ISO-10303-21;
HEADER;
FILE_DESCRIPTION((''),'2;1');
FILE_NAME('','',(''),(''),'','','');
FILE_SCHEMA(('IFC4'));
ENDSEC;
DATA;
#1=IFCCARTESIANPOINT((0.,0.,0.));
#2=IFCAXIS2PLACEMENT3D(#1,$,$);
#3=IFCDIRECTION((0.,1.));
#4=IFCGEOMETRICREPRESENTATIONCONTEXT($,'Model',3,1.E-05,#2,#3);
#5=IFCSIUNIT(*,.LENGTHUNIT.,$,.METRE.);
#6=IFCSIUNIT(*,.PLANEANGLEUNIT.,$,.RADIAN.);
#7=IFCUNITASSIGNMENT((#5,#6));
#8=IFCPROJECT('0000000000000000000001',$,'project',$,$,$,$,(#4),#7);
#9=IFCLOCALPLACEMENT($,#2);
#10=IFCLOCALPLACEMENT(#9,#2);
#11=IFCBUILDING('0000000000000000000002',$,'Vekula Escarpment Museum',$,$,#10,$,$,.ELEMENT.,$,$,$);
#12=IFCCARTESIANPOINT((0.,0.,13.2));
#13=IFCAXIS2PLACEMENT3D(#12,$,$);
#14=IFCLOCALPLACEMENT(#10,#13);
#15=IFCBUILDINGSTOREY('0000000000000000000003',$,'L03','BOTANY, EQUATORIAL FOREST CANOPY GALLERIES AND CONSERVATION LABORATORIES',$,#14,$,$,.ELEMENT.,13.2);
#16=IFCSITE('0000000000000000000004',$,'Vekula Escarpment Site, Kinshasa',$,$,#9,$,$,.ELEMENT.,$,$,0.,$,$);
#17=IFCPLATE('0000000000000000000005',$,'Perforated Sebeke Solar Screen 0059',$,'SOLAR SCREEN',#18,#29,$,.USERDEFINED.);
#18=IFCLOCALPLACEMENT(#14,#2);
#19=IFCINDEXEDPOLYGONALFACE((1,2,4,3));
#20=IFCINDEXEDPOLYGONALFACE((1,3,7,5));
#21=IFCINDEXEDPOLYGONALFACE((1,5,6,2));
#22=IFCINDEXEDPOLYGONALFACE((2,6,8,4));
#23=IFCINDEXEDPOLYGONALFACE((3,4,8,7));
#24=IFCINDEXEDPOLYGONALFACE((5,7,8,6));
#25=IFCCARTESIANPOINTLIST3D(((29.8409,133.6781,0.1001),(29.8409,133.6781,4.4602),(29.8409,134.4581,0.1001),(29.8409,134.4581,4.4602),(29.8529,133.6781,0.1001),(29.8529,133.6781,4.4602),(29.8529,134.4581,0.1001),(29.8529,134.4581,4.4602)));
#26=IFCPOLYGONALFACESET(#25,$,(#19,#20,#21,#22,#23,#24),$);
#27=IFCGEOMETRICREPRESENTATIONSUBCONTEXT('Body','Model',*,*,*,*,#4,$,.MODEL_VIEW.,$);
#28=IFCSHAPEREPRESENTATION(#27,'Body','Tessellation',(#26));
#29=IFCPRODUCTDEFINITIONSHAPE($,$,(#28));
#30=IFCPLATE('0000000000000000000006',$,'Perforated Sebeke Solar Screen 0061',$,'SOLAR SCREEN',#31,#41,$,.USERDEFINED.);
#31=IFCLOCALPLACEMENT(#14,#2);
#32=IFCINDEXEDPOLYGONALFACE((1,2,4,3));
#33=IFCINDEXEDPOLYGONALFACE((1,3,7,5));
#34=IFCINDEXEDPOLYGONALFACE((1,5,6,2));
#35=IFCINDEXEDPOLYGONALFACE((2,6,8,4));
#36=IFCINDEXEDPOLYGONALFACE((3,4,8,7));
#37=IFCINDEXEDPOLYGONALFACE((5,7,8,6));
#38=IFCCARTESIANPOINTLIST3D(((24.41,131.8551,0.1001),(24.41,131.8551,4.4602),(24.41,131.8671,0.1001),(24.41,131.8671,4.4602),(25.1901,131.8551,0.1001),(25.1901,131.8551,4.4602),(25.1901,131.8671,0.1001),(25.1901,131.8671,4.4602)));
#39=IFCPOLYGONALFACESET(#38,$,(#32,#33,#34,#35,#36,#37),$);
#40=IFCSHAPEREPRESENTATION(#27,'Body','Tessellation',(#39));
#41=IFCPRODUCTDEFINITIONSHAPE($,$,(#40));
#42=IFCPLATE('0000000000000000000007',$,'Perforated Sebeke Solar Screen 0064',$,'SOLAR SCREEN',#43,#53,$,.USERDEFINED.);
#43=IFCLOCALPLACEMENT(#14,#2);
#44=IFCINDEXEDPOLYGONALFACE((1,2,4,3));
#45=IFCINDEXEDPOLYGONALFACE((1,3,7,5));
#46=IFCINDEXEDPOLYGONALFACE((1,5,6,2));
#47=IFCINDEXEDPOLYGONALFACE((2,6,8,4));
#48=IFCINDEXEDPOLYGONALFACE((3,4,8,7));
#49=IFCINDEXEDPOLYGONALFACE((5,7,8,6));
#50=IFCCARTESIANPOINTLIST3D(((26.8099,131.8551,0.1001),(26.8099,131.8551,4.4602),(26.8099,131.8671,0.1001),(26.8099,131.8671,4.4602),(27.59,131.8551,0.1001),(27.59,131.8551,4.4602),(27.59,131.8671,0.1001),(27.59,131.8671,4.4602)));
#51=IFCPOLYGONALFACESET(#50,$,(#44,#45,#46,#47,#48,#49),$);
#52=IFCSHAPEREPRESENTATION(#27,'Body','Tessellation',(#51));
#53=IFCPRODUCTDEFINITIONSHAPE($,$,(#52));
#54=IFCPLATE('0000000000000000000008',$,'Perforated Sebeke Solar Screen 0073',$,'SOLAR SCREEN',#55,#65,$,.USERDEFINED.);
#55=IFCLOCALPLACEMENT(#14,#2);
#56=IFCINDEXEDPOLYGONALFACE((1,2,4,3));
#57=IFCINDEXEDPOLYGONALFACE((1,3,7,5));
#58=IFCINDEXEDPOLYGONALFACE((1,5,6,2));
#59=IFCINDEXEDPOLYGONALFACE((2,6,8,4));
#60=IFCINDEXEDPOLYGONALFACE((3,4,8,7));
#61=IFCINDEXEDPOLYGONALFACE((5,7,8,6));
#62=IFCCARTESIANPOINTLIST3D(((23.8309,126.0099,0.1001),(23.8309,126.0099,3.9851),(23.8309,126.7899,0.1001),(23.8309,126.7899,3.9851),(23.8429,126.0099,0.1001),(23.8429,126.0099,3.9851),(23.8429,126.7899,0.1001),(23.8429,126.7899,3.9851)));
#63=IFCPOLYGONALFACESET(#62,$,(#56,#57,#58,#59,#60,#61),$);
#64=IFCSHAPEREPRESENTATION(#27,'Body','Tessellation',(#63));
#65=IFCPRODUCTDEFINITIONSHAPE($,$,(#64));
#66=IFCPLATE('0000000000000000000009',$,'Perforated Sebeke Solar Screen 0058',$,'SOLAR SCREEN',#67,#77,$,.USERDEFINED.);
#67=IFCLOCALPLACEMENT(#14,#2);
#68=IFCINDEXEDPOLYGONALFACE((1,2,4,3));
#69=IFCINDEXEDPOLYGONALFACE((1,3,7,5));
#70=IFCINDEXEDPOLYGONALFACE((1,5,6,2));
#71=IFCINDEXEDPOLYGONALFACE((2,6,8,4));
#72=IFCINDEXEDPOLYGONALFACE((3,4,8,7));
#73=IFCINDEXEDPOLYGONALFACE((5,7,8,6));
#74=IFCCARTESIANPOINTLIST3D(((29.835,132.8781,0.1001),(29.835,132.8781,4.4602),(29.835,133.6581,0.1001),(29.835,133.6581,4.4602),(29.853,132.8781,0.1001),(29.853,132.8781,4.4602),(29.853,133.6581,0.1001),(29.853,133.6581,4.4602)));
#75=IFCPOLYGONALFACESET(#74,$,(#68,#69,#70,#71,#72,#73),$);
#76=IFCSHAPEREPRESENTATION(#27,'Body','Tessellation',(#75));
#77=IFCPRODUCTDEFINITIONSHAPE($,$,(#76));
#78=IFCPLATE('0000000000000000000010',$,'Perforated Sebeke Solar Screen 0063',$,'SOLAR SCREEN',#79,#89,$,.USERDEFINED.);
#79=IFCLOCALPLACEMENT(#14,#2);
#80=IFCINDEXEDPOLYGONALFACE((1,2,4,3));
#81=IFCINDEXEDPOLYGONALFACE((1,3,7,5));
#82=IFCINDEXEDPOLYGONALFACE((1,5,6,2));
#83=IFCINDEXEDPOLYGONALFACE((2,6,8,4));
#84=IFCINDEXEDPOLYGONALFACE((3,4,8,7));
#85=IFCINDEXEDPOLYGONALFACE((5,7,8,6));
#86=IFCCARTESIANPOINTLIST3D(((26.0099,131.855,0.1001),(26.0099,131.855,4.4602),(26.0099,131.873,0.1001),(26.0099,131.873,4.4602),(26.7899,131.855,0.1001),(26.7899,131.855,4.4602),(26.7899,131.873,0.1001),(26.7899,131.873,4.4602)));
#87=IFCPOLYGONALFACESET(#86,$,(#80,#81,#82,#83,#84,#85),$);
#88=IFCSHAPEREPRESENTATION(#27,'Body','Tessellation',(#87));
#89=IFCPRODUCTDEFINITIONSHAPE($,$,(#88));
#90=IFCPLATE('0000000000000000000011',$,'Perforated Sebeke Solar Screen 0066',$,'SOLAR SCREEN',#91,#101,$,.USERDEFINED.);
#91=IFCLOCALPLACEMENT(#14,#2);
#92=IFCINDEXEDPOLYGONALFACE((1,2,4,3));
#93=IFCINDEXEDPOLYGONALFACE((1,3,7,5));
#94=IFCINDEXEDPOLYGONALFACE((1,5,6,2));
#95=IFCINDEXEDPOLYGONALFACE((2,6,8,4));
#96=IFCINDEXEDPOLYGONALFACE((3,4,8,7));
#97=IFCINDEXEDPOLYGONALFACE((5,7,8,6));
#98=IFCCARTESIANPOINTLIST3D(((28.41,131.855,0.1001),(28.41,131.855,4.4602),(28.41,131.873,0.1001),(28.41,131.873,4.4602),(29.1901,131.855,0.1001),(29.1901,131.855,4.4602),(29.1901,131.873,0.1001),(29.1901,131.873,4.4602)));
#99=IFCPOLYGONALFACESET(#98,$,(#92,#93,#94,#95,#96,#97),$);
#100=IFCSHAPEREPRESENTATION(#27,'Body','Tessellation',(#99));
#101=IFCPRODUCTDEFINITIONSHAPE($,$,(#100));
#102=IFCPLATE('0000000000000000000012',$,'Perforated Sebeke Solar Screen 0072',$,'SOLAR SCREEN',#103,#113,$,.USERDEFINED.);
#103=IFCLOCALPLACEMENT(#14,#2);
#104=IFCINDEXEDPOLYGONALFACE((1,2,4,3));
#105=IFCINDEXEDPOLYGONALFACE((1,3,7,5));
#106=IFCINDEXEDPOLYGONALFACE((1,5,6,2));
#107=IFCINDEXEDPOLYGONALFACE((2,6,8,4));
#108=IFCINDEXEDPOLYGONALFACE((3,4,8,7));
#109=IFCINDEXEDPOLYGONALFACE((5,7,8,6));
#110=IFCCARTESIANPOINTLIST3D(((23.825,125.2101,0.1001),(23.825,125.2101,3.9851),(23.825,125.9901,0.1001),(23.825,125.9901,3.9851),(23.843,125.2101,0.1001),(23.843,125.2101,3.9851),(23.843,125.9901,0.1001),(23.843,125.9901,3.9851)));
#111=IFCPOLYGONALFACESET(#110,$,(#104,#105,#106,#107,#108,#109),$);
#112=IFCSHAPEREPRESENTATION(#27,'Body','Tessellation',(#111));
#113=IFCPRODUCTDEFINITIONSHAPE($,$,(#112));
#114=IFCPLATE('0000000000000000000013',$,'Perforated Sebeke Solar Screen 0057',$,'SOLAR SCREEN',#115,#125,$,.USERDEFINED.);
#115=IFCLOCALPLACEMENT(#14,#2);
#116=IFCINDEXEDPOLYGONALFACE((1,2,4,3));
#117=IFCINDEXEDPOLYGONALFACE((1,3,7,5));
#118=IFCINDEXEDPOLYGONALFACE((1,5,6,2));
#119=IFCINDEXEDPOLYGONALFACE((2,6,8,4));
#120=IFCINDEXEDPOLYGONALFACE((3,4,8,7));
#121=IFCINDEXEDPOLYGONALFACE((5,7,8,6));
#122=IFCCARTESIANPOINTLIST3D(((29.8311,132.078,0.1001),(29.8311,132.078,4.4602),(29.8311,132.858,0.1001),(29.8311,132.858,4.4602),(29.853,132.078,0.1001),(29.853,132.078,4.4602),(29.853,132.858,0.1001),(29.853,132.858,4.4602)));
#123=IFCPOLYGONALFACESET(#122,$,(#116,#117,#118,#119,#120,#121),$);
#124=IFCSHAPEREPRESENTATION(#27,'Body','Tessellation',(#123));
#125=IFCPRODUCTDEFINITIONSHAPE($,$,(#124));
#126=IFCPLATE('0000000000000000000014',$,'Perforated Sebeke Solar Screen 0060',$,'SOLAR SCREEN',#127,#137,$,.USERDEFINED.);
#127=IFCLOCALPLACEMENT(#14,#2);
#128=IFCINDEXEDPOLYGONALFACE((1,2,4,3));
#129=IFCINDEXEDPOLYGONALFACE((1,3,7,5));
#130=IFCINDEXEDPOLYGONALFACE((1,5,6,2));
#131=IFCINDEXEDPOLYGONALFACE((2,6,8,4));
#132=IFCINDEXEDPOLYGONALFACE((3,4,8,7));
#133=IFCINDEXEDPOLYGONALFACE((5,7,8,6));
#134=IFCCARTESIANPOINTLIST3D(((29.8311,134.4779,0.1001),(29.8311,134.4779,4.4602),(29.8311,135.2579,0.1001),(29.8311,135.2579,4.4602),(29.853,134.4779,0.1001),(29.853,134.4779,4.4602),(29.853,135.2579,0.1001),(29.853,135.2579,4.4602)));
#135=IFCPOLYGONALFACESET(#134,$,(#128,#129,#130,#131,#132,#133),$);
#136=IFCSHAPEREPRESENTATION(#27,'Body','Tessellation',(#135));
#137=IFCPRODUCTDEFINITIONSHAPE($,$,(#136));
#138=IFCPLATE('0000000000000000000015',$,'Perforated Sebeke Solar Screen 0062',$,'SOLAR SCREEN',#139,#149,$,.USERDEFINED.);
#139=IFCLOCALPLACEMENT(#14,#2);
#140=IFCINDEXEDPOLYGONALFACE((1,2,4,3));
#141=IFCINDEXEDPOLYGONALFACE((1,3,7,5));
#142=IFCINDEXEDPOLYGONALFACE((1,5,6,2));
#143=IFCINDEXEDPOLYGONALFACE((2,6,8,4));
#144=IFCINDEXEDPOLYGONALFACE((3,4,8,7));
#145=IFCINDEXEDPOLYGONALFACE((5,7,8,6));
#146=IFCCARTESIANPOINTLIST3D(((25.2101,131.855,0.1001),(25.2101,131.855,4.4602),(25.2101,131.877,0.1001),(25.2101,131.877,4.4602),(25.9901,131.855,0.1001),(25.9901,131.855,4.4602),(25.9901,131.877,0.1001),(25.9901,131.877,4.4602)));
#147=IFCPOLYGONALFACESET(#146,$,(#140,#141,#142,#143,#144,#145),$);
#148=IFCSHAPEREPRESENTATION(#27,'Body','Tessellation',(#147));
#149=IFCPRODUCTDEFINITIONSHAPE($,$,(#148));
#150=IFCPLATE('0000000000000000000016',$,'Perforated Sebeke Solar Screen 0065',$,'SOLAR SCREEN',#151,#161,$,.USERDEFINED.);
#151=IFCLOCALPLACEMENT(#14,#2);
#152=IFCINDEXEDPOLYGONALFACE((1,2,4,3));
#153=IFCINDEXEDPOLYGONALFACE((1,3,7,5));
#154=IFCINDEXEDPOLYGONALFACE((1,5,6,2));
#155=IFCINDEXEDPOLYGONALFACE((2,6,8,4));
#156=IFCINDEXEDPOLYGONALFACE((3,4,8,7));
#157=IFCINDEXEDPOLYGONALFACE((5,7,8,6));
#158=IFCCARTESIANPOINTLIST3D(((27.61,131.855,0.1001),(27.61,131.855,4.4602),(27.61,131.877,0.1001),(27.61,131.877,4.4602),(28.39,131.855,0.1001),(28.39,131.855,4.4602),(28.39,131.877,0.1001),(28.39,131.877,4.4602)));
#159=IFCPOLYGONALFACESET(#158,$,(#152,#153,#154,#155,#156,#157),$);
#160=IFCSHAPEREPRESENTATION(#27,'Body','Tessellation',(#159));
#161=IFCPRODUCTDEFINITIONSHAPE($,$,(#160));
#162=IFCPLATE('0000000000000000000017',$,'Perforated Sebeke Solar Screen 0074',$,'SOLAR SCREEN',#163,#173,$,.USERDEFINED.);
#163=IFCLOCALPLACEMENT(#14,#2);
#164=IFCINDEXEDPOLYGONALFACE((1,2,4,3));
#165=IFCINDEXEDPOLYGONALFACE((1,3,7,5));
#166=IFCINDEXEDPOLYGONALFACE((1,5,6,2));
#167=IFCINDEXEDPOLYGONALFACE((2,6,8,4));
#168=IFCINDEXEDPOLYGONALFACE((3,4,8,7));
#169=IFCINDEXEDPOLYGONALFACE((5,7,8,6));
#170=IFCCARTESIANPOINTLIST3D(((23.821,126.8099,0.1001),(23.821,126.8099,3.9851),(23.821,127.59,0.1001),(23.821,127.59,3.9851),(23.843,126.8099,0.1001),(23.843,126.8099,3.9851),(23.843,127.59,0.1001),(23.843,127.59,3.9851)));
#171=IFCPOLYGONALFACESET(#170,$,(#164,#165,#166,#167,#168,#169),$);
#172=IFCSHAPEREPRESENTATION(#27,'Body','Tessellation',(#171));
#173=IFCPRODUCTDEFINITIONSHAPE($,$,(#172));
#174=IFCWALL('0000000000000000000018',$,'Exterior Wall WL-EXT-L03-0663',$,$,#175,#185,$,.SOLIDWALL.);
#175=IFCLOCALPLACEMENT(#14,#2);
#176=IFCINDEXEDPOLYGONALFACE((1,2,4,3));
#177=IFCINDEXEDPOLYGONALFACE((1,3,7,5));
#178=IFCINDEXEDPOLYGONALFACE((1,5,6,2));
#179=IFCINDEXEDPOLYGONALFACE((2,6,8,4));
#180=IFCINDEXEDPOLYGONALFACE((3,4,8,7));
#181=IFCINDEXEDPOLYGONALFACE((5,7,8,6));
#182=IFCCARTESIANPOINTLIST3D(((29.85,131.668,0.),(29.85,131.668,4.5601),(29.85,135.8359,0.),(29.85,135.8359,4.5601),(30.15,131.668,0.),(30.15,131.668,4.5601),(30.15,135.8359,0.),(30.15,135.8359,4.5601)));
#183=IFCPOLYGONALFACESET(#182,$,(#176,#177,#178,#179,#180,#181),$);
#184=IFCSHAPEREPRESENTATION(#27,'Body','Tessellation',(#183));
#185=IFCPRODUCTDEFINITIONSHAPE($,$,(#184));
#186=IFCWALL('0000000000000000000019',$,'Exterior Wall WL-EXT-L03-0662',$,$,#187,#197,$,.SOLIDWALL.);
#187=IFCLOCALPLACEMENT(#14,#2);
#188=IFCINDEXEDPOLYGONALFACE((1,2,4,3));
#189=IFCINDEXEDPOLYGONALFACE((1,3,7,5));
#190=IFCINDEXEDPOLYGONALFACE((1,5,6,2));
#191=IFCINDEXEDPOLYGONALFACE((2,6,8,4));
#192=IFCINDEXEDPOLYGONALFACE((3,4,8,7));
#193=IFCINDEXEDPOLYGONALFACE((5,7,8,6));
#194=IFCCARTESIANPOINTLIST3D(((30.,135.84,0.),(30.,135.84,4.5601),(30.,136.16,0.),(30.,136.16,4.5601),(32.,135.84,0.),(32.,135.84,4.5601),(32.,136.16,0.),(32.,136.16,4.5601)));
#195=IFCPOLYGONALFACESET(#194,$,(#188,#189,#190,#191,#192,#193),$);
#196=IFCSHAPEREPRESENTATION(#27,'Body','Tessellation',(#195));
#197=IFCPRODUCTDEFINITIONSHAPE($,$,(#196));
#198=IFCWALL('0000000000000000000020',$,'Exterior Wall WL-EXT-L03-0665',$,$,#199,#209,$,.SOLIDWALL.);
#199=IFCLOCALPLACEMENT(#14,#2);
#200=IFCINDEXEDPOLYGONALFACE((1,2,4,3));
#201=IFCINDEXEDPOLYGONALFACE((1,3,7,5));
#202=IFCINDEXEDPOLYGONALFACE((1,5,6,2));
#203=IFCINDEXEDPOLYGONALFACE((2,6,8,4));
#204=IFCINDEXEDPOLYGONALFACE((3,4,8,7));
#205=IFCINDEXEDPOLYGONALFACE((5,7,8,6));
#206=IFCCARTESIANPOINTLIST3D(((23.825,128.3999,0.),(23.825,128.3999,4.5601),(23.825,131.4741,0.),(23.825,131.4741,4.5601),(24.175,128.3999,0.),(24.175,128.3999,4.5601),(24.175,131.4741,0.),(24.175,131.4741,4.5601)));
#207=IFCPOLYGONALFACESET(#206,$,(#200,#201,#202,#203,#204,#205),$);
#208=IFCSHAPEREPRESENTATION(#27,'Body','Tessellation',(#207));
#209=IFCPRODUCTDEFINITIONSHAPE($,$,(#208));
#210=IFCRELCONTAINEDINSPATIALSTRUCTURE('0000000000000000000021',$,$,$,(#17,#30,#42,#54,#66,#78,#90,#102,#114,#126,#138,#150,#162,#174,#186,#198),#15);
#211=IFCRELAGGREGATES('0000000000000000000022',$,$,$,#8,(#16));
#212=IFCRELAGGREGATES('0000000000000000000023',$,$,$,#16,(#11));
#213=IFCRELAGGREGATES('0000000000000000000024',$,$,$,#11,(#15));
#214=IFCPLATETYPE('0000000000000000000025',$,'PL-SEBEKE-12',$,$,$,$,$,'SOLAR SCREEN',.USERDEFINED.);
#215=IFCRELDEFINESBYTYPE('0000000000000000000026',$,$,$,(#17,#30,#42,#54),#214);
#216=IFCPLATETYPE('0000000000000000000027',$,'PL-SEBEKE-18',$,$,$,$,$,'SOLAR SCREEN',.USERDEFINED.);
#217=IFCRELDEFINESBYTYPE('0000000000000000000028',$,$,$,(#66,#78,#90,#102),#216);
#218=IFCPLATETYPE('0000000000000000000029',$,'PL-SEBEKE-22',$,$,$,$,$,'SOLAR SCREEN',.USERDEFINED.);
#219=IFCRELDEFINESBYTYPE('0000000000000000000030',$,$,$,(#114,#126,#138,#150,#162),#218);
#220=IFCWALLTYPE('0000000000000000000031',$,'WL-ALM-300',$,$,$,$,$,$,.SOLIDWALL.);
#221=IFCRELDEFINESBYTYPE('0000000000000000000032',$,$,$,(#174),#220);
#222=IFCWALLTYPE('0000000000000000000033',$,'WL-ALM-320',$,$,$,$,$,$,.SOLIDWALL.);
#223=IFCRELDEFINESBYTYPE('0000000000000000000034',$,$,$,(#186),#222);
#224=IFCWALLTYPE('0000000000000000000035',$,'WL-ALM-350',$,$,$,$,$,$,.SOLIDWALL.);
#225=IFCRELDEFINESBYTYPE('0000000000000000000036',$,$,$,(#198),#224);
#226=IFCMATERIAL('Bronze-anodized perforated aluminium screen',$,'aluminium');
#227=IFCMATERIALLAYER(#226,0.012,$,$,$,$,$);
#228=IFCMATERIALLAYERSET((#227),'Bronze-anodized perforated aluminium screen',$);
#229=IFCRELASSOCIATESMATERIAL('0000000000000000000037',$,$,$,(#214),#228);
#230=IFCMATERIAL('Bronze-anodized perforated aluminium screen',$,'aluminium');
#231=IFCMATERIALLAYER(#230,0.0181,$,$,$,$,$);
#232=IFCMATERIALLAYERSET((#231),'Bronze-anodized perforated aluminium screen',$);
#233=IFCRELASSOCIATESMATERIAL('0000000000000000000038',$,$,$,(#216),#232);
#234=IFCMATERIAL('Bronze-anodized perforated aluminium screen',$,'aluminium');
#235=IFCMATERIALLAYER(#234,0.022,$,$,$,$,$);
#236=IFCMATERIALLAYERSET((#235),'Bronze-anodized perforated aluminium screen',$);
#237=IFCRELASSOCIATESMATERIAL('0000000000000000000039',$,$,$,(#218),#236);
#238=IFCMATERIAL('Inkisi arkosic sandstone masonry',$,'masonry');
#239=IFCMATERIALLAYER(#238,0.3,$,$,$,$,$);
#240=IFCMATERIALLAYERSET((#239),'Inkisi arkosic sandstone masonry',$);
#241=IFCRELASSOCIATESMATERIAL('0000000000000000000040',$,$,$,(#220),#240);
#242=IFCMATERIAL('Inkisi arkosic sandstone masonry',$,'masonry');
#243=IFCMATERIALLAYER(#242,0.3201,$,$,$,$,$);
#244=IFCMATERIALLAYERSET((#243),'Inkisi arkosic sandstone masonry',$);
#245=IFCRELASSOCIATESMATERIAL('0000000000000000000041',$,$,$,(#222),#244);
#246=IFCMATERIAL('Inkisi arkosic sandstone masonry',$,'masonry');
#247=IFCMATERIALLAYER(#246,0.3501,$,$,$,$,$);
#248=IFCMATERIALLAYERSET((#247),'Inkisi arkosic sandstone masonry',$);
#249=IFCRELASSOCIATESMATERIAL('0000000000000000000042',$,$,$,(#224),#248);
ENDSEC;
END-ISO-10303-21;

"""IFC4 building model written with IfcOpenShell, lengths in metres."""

from ifc_helpers import new_model, si_unit, direction, frame, frame_2d, origin, origin_2d, place, context, subcontext, project, spatial, rectangle, extrude, material, layer, layer_set, type_object, element, save


model = new_model("IFC4")

# Units and contexts
model_context = context("Model", 3, precision=1e-05, world=origin(), true_north=direction((0.0, 1.0)))
body_context = subcontext(model_context, "Body", "Model", "MODEL_VIEW")
ifc_project = project(units=[si_unit("LENGTHUNIT", "METRE"), si_unit("PLANEANGLEUNIT", "RADIAN")], contexts=[model_context])

# Site, building, storey
site_placement = place(None, origin())
site = spatial("IfcSite", under=ifc_project, at=site_placement, Name="Vekula Escarpment Site, Kinshasa", CompositionType="ELEMENT", RefElevation=0.0)
building_placement = place(site_placement, origin())
building = spatial("IfcBuilding", under=site, at=building_placement, Name="Vekula Escarpment Museum", CompositionType="ELEMENT")
storey_placement = place(building_placement, frame((0.0, 0.0, 13.2)))
storey = spatial("IfcBuildingStorey", under=building, at=storey_placement, Name="L03", Description="BOTANY, EQUATORIAL FOREST CANOPY GALLERIES AND CONSERVATION LABORATORIES", CompositionType="ELEMENT", Elevation=13.2)

# Plates
ifc_material_1 = material(Name="Bronze-anodized perforated aluminium screen", Category="aluminium")
ifc_layer_1 = layer(ifc_material_1, 0.012)
ifc_layer_set_1 = layer_set([ifc_layer_1], Name="Bronze-anodized perforated aluminium screen")
plate_type_1 = type_object("IfcPlateType", Name="PL-SEBEKE-12", ElementType="SOLAR SCREEN", PredefinedType="USERDEFINED", material=ifc_layer_set_1)
for number, where, z_axis, x_axis, name in (
    (1, (29.8469, 134.0681, 0.1001), (0.0, 0.0, 1.0), (0.0, 1.0, 0.0), "Perforated Sebeke Solar Screen 0059"),
    (2, (24.8, 131.8611, 0.1001), (0.0, 0.0, 1.0), (1.0, 0.0, 0.0), "Perforated Sebeke Solar Screen 0061"),
    (3, (27.2, 131.8611, 0.1001), (0.0, 0.0, 1.0), (1.0, 0.0, 0.0), "Perforated Sebeke Solar Screen 0064"),
):
    element("IfcPlate", number, at=place(storey_placement, frame(where, z_axis=z_axis, x_axis=x_axis)), inside=storey, type_object=plate_type_1, Name=name, ObjectType="SOLAR SCREEN", PredefinedType="USERDEFINED", context=body_context, shape_type="SweptSolid", body=[
        extrude(rectangle(XDim=0.78, YDim=0.012, at=origin_2d()), origin(), (0.0, 0.0, 1.0), 4.3601),
    ])
plate_1_placement = place(storey_placement, frame((23.8369, 126.3999, 0.1001), z_axis=(0.0, 0.0, 1.0), x_axis=(0.0, 1.0, 0.0)))
element("IfcPlate", 4, at=plate_1_placement, inside=storey, type_object=plate_type_1, Name="Perforated Sebeke Solar Screen 0073", ObjectType="SOLAR SCREEN", PredefinedType="USERDEFINED", context=body_context, shape_type="SweptSolid", body=[
    extrude(rectangle(XDim=0.78, YDim=0.012, at=origin_2d()), origin(), (0.0, 0.0, 1.0), 3.885),
])
ifc_material_2 = material(Name="Bronze-anodized perforated aluminium screen", Category="aluminium")
ifc_layer_2 = layer(ifc_material_2, 0.0181)
ifc_layer_set_2 = layer_set([ifc_layer_2], Name="Bronze-anodized perforated aluminium screen")
plate_type_2 = type_object("IfcPlateType", Name="PL-SEBEKE-18", ElementType="SOLAR SCREEN", PredefinedType="USERDEFINED", material=ifc_layer_set_2)
for number, where, z_axis, x_axis, name in (
    (5, (29.844, 133.2681, 0.1001), (0.0, 0.0, 1.0), (0.0, 1.0, 0.0), "Perforated Sebeke Solar Screen 0058"),
    (6, (26.3999, 131.864, 0.1001), (0.0, 0.0, 1.0), (1.0, 0.0, 0.0), "Perforated Sebeke Solar Screen 0063"),
    (7, (28.8, 131.864, 0.1001), (0.0, 0.0, 1.0), (1.0, 0.0, 0.0), "Perforated Sebeke Solar Screen 0066"),
):
    element("IfcPlate", number, at=place(storey_placement, frame(where, z_axis=z_axis, x_axis=x_axis)), inside=storey, type_object=plate_type_2, Name=name, ObjectType="SOLAR SCREEN", PredefinedType="USERDEFINED", context=body_context, shape_type="SweptSolid", body=[
        extrude(rectangle(XDim=0.78, YDim=0.0181, at=origin_2d()), origin(), (0.0, 0.0, 1.0), 4.3601),
    ])
plate_2_placement = place(storey_placement, frame((23.834, 125.6001, 0.1001), z_axis=(0.0, 0.0, 1.0), x_axis=(0.0, 1.0, 0.0)))
element("IfcPlate", 8, at=plate_2_placement, inside=storey, type_object=plate_type_2, Name="Perforated Sebeke Solar Screen 0072", ObjectType="SOLAR SCREEN", PredefinedType="USERDEFINED", context=body_context, shape_type="SweptSolid", body=[
    extrude(rectangle(XDim=0.78, YDim=0.0181, at=origin_2d()), origin(), (0.0, 0.0, 1.0), 3.885),
])
ifc_material_3 = material(Name="Bronze-anodized perforated aluminium screen", Category="aluminium")
ifc_layer_3 = layer(ifc_material_3, 0.022)
ifc_layer_set_3 = layer_set([ifc_layer_3], Name="Bronze-anodized perforated aluminium screen")
plate_type_3 = type_object("IfcPlateType", Name="PL-SEBEKE-22", ElementType="SOLAR SCREEN", PredefinedType="USERDEFINED", material=ifc_layer_set_3)
for number, where, z_axis, x_axis, name in (
    (9, (29.842, 132.468, 0.1001), (0.0, 0.0, 1.0), (0.0, 1.0, 0.0), "Perforated Sebeke Solar Screen 0057"),
    (10, (29.842, 134.8679, 0.1001), (0.0, 0.0, 1.0), (0.0, 1.0, 0.0), "Perforated Sebeke Solar Screen 0060"),
    (11, (25.6001, 131.866, 0.1001), (0.0, 0.0, 1.0), (1.0, 0.0, 0.0), "Perforated Sebeke Solar Screen 0062"),
    (12, (28.0, 131.866, 0.1001), (0.0, 0.0, 1.0), (1.0, 0.0, 0.0), "Perforated Sebeke Solar Screen 0065"),
):
    element("IfcPlate", number, at=place(storey_placement, frame(where, z_axis=z_axis, x_axis=x_axis)), inside=storey, type_object=plate_type_3, Name=name, ObjectType="SOLAR SCREEN", PredefinedType="USERDEFINED", context=body_context, shape_type="SweptSolid", body=[
        extrude(rectangle(XDim=0.78, YDim=0.022, at=origin_2d()), origin(), (0.0, 0.0, 1.0), 4.3601),
    ])
plate_3_placement = place(storey_placement, frame((23.832, 127.2, 0.1001), z_axis=(0.0, 0.0, 1.0), x_axis=(0.0, 1.0, 0.0)))
element("IfcPlate", 13, at=plate_3_placement, inside=storey, type_object=plate_type_3, Name="Perforated Sebeke Solar Screen 0074", ObjectType="SOLAR SCREEN", PredefinedType="USERDEFINED", context=body_context, shape_type="SweptSolid", body=[
    extrude(rectangle(XDim=0.78, YDim=0.022, at=origin_2d()), origin(), (0.0, 0.0, 1.0), 3.885),
])

# Walls
ifc_material_4 = material(Name="Inkisi arkosic sandstone masonry", Category="masonry")
ifc_layer_4 = layer(ifc_material_4, 0.3)
ifc_layer_set_4 = layer_set([ifc_layer_4], Name="Inkisi arkosic sandstone masonry")
wall_type_1 = type_object("IfcWallType", Name="WL-ALM-300", PredefinedType="SOLIDWALL", material=ifc_layer_set_4)
wall_1_placement = place(storey_placement, frame((30.0, 131.668, 0.0), z_axis=(0.0, 0.0, 1.0), x_axis=(0.0, 1.0, 0.0)))
element("IfcWall", 14, at=wall_1_placement, inside=storey, type_object=wall_type_1, Name="Exterior Wall WL-EXT-L03-0663", PredefinedType="SOLIDWALL", context=body_context, shape_type="SweptSolid", body=[
    extrude(rectangle(XDim=4.168, YDim=0.3, at=frame_2d((2.084, 0.0))), origin(), (0.0, 0.0, 1.0), 4.5601),
])
ifc_material_5 = material(Name="Inkisi arkosic sandstone masonry", Category="masonry")
ifc_layer_5 = layer(ifc_material_5, 0.3201)
ifc_layer_set_5 = layer_set([ifc_layer_5], Name="Inkisi arkosic sandstone masonry")
wall_type_2 = type_object("IfcWallType", Name="WL-ALM-320", PredefinedType="SOLIDWALL", material=ifc_layer_set_5)
wall_2_placement = place(storey_placement, frame((30.0, 136.0, 0.0), z_axis=(0.0, 0.0, 1.0), x_axis=(1.0, 0.0, 0.0)))
element("IfcWall", 15, at=wall_2_placement, inside=storey, type_object=wall_type_2, Name="Exterior Wall WL-EXT-L03-0662", PredefinedType="SOLIDWALL", context=body_context, shape_type="SweptSolid", body=[
    extrude(rectangle(XDim=2.0, YDim=0.3201, at=frame_2d((1.0, 0.0))), origin(), (0.0, 0.0, 1.0), 4.5601),
])
ifc_material_6 = material(Name="Inkisi arkosic sandstone masonry", Category="masonry")
ifc_layer_6 = layer(ifc_material_6, 0.3501)
ifc_layer_set_6 = layer_set([ifc_layer_6], Name="Inkisi arkosic sandstone masonry")
wall_type_3 = type_object("IfcWallType", Name="WL-ALM-350", PredefinedType="SOLIDWALL", material=ifc_layer_set_6)
wall_3_placement = place(storey_placement, frame((24.0, 128.3999, 0.0), z_axis=(0.0, 0.0, 1.0), x_axis=(0.0, 1.0, 0.0)))
element("IfcWall", 16, at=wall_3_placement, inside=storey, type_object=wall_type_3, Name="Exterior Wall WL-EXT-L03-0665", PredefinedType="SOLIDWALL", context=body_context, shape_type="SweptSolid", body=[
    extrude(rectangle(XDim=3.0742, YDim=0.3501, at=frame_2d((1.5371, 0.0))), origin(), (0.0, 0.0, 1.0), 4.5601),
])

save(model, "model.ifc")
